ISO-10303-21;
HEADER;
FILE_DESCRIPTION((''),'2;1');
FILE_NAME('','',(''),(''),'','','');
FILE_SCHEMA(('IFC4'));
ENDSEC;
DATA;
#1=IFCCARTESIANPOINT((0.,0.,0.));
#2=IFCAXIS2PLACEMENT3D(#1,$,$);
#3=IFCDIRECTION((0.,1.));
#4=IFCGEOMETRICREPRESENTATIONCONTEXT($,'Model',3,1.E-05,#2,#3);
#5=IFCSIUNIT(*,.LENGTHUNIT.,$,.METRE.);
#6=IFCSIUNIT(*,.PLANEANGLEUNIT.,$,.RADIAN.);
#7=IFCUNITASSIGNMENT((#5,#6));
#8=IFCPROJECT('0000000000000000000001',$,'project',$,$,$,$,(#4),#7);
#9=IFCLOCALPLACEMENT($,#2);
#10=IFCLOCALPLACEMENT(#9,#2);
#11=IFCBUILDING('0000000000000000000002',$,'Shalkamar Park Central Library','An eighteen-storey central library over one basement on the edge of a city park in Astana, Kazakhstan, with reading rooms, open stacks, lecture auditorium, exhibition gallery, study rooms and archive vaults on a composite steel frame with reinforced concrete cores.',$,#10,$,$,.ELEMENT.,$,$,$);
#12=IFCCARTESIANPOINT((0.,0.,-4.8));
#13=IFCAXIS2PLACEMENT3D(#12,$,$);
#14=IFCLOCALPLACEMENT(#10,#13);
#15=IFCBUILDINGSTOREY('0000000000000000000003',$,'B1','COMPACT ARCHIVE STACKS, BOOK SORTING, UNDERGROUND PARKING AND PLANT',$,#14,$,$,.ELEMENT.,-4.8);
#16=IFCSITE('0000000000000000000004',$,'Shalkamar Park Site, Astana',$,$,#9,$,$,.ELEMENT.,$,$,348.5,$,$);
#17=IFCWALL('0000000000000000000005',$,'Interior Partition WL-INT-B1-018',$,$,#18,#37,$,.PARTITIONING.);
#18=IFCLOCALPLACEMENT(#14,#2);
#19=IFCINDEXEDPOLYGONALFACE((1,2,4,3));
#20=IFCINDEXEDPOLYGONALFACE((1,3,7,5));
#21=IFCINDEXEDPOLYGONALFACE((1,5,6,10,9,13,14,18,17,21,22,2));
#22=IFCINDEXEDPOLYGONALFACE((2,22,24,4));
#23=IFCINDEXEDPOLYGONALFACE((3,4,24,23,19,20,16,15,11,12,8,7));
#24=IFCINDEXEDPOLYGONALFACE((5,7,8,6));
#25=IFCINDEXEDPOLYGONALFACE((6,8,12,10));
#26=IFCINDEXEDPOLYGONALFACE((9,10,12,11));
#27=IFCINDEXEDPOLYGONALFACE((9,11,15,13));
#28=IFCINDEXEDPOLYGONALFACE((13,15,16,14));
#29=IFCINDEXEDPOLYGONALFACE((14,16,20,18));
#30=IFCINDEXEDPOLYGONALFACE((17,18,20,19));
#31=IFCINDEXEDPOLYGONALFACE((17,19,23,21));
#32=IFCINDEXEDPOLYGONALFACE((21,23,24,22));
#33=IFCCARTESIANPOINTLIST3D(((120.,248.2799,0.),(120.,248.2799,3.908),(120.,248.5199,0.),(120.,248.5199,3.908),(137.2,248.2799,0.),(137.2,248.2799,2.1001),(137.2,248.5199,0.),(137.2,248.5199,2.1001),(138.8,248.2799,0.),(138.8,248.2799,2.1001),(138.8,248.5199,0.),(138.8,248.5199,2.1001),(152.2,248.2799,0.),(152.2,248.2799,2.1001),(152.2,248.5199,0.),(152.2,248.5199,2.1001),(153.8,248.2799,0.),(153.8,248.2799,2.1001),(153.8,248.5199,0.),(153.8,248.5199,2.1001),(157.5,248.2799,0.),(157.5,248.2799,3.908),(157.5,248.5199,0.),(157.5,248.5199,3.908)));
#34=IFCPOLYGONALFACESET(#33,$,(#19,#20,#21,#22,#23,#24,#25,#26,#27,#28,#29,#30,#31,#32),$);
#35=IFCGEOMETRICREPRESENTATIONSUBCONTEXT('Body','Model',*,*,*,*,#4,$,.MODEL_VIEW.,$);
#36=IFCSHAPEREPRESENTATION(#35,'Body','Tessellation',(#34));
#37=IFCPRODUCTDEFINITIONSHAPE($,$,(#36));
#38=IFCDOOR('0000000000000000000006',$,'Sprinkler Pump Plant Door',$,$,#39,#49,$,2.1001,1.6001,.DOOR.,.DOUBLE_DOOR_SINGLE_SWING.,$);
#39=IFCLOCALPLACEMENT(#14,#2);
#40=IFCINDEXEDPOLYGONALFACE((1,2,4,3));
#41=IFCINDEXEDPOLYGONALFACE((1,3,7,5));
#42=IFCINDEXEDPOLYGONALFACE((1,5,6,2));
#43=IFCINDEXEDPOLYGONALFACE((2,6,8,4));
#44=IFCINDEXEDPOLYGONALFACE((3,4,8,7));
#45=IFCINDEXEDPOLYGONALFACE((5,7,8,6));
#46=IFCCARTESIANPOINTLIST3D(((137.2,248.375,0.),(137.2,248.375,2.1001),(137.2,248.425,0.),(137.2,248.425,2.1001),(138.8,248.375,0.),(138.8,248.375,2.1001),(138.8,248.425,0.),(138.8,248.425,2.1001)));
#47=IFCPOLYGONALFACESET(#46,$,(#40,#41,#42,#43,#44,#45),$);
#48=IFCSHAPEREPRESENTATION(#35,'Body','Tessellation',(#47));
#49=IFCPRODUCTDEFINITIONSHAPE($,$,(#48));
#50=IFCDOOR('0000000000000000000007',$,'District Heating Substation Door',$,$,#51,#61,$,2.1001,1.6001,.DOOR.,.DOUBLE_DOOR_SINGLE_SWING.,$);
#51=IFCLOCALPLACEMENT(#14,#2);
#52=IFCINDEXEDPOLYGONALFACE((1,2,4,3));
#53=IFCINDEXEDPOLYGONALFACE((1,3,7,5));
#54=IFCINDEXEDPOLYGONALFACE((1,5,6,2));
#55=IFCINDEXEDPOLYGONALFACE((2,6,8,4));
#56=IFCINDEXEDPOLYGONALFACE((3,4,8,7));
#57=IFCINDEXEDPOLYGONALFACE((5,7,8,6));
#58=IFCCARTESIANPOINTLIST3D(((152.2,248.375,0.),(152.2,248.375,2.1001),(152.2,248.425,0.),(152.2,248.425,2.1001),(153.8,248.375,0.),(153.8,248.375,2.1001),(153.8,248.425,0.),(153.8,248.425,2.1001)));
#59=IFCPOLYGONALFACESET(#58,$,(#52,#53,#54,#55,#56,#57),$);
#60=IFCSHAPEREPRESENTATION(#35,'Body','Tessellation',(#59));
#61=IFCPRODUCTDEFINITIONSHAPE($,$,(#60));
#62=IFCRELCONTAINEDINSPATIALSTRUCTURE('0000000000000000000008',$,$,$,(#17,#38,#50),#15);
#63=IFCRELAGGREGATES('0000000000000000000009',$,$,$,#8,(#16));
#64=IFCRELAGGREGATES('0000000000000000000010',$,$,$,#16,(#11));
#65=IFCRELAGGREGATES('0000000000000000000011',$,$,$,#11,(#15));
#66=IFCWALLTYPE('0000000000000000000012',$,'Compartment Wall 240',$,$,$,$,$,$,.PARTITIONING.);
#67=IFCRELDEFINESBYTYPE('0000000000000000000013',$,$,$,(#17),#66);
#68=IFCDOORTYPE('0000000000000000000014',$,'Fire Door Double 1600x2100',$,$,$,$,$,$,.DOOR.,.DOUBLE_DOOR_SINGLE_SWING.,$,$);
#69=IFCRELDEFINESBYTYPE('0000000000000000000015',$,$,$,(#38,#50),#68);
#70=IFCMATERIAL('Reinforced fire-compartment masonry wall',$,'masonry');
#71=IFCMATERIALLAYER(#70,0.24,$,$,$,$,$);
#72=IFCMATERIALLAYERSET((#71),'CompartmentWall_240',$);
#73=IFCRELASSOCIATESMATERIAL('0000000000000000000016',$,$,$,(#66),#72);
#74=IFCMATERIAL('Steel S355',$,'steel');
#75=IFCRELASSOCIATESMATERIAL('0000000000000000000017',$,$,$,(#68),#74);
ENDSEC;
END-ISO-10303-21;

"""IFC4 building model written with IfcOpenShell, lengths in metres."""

from ifc_helpers import new_model, si_unit, direction, frame, frame_2d, origin, place, context, subcontext, project, spatial, rectangle, extrude, material, layer, layer_set, type_object, element, fill, save


model = new_model("IFC4")

# Units and contexts
model_context = context("Model", 3, precision=1e-05, world=origin(), true_north=direction((0.0, 1.0)))
body_context = subcontext(model_context, "Body", "Model", "MODEL_VIEW")
ifc_project = project(units=[si_unit("LENGTHUNIT", "METRE"), si_unit("PLANEANGLEUNIT", "RADIAN")], contexts=[model_context])

# Site, building, storey
site_placement = place(None, origin())
site = spatial("IfcSite", under=ifc_project, at=site_placement, Name="Shalkamar Park Site, Astana", CompositionType="ELEMENT", RefElevation=348.5)
building_placement = place(site_placement, origin())
building = spatial("IfcBuilding", under=site, at=building_placement, Name="Shalkamar Park Central Library", Description="An eighteen-storey central library over one basement on the edge of a city park in Astana, Kazakhstan, with reading rooms, open stacks, lecture auditorium, exhibition gallery, study rooms and archive vaults on a composite steel frame with reinforced concrete cores.", CompositionType="ELEMENT")
storey_placement = place(building_placement, frame((0.0, 0.0, -4.8)))
storey = spatial("IfcBuildingStorey", under=building, at=storey_placement, Name="B1", Description="COMPACT ARCHIVE STACKS, BOOK SORTING, UNDERGROUND PARKING AND PLANT", CompositionType="ELEMENT", Elevation=-4.8)

# Shared definitions
ifc_material_1 = material(Name="Steel S355", Category="steel")

# Wall, openings, doors
ifc_material_2 = material(Name="Reinforced fire-compartment masonry wall", Category="masonry")
ifc_layer_1 = layer(ifc_material_2, 0.24)
ifc_layer_set_1 = layer_set([ifc_layer_1], Name="CompartmentWall_240")
wall_type_1 = type_object("IfcWallType", Name="Compartment Wall 240", PredefinedType="PARTITIONING", material=ifc_layer_set_1)
wall_1_placement = place(storey_placement, frame((120.0, 248.3999, 0.0), z_axis=(0.0, 0.0, 1.0), x_axis=(1.0, 0.0, 0.0)))
wall_1 = element("IfcWall", 1, at=wall_1_placement, inside=storey, type_object=wall_type_1, Name="Interior Partition WL-INT-B1-018", PredefinedType="PARTITIONING", context=body_context, shape_type="SweptSolid", body=[
    extrude(rectangle(XDim=37.5, YDim=0.24, at=frame_2d((18.75, 0.0))), origin(), (0.0, 0.0, 1.0), 3.908),
])
opening_1_placement = place(wall_1_placement, frame((17.2, 0.0, 0.0)))
opening_1 = element("IfcOpeningElement", 2, at=opening_1_placement, cuts=wall_1, PredefinedType="OPENING", context=body_context, shape_type="SweptSolid", body=[
    extrude(rectangle(XDim=1.6001, YDim=2.1001, at=frame_2d((0.8, 1.05))), frame((0.0, 0.1348, 0.0), z_axis=(0.0, -1.0, 0.0), x_axis=(1.0, 0.0, 0.0)), (0.0, 0.0, 1.0), 0.2698),
])
opening_2_placement = place(wall_1_placement, frame((32.2, 0.0, 0.0)))
opening_2 = element("IfcOpeningElement", 3, at=opening_2_placement, cuts=wall_1, PredefinedType="OPENING", context=body_context, shape_type="SweptSolid", body=[
    extrude(rectangle(XDim=1.6001, YDim=2.1001, at=frame_2d((0.8, 1.05))), frame((0.0, 0.1348, 0.0), z_axis=(0.0, -1.0, 0.0), x_axis=(1.0, 0.0, 0.0)), (0.0, 0.0, 1.0), 0.2698),
])
door_type = type_object("IfcDoorType", Name="Fire Door Double 1600x2100", OperationType="DOUBLE_DOOR_SINGLE_SWING", PredefinedType="DOOR", material=ifc_material_1)
door_1_placement = place(opening_1_placement, frame((1.6001, 0.0, 0.0), z_axis=(0.0, 0.0, 1.0), x_axis=(-1.0, 0.0, 0.0)))
door_1 = element("IfcDoor", 4, at=door_1_placement, inside=storey, type_object=door_type, Name="Sprinkler Pump Plant Door", OperationType="DOUBLE_DOOR_SINGLE_SWING", OverallHeight=2.1001, OverallWidth=1.6001, PredefinedType="DOOR", context=body_context, shape_type="SweptSolid", body=[
    extrude(rectangle(XDim=1.6001, YDim=2.1001, at=frame_2d((0.8, 1.05))), frame((0.0, 0.0249, 0.0), z_axis=(0.0, -1.0, 0.0), x_axis=(1.0, 0.0, 0.0)), (0.0, 0.0, 1.0), 0.05),
])
fill(opening_1, door_1)
door_2_placement = place(opening_2_placement, frame((1.6001, 0.0, 0.0), z_axis=(0.0, 0.0, 1.0), x_axis=(-1.0, 0.0, 0.0)))
door_2 = element("IfcDoor", 5, at=door_2_placement, inside=storey, type_object=door_type, Name="District Heating Substation Door", OperationType="DOUBLE_DOOR_SINGLE_SWING", OverallHeight=2.1001, OverallWidth=1.6001, PredefinedType="DOOR", context=body_context, shape_type="SweptSolid", body=[
    extrude(rectangle(XDim=1.6001, YDim=2.1001, at=frame_2d((0.8, 1.05))), frame((0.0, 0.0249, 0.0), z_axis=(0.0, -1.0, 0.0), x_axis=(1.0, 0.0, 0.0)), (0.0, 0.0, 1.0), 0.05),
])
fill(opening_2, door_2)

save(model, "model.ifc")
